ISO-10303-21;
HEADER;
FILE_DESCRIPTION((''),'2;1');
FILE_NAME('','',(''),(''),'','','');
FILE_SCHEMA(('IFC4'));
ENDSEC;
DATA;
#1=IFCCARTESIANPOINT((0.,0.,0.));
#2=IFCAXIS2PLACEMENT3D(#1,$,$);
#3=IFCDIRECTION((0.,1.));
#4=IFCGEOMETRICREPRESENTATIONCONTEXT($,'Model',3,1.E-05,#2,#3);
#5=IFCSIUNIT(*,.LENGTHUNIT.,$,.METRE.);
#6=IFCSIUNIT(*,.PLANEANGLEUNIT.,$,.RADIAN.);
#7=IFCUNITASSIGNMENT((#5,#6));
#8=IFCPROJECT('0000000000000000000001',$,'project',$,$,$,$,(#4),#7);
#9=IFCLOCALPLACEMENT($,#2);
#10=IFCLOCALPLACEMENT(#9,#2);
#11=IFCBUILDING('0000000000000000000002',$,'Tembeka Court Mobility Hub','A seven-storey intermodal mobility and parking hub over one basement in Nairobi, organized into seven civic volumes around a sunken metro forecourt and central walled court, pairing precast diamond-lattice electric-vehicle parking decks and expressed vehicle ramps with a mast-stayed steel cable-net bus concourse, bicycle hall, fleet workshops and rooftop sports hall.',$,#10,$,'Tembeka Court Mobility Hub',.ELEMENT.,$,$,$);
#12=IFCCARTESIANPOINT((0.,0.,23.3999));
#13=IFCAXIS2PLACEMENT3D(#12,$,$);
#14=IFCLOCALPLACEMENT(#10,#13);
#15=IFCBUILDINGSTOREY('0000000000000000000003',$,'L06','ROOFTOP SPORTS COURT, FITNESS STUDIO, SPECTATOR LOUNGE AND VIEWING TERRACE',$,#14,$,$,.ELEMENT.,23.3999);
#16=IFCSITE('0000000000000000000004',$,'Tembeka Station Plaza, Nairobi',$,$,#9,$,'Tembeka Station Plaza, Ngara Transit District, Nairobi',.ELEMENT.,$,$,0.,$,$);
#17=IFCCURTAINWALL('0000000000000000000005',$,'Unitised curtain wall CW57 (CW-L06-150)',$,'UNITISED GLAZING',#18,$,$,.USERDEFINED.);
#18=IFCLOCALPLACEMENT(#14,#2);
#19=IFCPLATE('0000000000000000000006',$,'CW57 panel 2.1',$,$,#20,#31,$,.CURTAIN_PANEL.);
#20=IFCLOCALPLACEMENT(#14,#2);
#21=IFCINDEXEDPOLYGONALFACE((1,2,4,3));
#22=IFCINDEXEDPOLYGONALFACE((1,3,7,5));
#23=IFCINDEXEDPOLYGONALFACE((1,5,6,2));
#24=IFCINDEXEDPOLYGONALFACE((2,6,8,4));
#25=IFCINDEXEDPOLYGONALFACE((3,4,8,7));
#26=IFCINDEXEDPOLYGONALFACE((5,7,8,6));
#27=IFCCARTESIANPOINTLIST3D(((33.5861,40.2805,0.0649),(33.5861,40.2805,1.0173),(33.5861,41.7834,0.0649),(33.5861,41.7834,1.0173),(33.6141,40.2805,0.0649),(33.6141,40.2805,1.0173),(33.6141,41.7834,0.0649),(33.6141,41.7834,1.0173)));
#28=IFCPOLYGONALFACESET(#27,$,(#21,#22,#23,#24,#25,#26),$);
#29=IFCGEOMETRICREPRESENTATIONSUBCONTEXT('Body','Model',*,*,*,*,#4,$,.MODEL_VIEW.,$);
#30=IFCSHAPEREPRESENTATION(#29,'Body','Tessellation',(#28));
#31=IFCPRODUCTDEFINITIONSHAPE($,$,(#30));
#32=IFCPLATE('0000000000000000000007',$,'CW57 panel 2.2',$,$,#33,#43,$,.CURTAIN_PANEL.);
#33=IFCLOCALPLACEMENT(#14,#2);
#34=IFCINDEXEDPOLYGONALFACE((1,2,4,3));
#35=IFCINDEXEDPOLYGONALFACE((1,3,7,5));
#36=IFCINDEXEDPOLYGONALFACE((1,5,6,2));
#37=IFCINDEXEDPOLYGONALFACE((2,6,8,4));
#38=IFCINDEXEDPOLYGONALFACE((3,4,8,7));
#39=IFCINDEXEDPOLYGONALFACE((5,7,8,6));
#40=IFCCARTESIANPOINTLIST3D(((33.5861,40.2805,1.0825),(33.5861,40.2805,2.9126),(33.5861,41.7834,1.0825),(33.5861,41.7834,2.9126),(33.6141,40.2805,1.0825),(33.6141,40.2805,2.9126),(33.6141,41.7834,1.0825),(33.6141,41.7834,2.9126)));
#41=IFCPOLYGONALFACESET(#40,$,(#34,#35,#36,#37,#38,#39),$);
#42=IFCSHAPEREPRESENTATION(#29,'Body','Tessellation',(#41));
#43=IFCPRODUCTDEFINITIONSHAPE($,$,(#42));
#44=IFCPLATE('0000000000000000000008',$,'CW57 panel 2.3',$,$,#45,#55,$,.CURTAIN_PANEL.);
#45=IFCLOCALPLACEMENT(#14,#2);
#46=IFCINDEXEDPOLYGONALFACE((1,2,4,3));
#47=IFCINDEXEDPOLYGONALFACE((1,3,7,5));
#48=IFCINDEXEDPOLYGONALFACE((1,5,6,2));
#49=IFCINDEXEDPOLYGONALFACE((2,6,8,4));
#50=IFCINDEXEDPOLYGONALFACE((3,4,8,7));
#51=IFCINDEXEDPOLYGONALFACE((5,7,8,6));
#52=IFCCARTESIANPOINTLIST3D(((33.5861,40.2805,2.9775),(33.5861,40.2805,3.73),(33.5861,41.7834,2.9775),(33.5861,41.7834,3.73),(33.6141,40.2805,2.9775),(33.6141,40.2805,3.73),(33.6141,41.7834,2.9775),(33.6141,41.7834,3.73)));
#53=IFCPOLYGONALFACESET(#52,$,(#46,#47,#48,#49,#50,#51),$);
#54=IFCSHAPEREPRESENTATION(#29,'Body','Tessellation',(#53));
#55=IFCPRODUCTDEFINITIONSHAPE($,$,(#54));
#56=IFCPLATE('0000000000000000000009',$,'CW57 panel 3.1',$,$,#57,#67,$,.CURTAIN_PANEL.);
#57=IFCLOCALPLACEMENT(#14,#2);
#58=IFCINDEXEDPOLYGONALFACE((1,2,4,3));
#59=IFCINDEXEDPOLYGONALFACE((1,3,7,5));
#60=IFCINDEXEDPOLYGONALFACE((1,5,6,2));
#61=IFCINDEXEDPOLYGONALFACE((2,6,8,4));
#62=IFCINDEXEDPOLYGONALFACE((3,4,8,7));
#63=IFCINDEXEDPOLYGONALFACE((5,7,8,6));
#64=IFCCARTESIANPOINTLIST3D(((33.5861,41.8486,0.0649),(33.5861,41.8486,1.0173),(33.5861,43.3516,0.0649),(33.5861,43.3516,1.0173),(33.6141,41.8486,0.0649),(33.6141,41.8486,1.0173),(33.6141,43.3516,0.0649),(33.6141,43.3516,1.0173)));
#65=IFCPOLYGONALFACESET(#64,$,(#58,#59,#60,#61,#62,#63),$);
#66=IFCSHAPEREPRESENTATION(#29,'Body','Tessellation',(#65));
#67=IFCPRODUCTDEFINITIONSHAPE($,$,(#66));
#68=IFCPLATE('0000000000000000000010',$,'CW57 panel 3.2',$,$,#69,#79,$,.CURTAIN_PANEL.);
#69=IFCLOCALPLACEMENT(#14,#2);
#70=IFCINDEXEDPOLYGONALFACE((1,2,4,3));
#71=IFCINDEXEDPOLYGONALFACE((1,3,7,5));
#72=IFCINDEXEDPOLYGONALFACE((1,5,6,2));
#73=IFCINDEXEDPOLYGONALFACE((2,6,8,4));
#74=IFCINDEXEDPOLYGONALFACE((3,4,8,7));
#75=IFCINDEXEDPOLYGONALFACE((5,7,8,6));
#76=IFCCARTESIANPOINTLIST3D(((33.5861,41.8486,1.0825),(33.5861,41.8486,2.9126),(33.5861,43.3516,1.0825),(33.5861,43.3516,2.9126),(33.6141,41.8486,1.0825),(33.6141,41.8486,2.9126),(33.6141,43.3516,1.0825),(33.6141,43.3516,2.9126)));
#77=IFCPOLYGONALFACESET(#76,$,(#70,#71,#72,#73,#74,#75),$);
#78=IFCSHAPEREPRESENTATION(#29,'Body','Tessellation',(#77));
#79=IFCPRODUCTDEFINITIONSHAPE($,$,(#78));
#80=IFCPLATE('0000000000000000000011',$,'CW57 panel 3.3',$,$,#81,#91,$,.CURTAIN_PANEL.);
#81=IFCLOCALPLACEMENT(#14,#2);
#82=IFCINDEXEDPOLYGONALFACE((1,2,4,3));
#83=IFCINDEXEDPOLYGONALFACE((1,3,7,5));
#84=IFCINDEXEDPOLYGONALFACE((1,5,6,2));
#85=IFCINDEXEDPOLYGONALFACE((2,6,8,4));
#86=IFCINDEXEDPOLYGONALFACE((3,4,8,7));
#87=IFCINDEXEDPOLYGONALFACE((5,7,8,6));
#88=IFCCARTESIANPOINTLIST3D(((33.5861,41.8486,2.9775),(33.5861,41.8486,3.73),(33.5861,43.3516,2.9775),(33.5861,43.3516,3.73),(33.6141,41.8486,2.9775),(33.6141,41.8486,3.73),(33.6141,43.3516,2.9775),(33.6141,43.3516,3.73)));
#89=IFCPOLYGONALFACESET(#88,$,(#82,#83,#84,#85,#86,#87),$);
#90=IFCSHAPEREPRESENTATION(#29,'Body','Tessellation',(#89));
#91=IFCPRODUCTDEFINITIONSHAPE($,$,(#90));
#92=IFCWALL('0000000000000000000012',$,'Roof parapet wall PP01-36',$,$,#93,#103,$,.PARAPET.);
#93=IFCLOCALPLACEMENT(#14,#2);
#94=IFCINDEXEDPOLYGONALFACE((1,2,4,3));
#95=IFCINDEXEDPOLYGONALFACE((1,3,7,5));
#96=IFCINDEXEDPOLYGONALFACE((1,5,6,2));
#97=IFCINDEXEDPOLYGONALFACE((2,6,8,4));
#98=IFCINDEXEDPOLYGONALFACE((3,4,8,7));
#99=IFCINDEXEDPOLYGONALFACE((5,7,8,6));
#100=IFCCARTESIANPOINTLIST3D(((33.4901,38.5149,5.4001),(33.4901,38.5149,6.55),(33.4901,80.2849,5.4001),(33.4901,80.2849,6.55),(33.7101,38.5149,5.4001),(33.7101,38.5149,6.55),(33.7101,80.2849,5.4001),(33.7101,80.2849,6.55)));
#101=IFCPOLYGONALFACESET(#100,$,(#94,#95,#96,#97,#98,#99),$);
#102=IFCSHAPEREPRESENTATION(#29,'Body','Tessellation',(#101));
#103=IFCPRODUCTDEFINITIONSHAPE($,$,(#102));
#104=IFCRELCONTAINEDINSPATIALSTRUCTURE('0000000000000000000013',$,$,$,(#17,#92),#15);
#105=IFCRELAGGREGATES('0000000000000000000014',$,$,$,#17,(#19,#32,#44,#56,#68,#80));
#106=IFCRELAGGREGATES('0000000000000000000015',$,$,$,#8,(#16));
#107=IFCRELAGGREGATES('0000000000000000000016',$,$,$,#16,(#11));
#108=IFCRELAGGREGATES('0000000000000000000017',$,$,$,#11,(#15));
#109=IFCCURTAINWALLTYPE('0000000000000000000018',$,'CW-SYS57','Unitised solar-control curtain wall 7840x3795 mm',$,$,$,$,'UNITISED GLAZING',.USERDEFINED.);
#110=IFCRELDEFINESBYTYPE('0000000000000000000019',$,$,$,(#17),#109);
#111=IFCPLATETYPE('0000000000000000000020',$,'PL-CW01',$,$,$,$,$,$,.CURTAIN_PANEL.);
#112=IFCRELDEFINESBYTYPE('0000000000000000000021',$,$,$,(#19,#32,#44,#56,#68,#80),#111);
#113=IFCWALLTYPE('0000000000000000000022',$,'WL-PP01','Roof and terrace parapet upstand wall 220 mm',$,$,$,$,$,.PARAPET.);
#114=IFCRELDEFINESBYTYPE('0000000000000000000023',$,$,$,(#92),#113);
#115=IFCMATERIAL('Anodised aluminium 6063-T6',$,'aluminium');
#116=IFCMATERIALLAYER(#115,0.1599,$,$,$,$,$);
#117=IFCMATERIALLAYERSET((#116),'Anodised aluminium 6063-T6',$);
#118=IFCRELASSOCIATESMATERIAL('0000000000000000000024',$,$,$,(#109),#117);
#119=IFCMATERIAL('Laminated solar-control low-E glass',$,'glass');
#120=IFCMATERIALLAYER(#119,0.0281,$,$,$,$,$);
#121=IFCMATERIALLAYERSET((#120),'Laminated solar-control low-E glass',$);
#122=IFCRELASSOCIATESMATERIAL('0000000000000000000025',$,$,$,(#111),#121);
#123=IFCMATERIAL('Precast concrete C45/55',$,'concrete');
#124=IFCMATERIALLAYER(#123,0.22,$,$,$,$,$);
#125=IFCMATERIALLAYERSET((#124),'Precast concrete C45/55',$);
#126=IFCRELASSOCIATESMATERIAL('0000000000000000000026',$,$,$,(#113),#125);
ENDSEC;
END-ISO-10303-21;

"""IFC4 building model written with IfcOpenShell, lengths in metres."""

from ifc_helpers import new_model, si_unit, direction, frame, frame_2d, origin, origin_2d, place, context, subcontext, project, spatial, rectangle, extrude, material, layer, layer_set, type_object, element, aggregate, save


model = new_model("IFC4")

# Units and contexts
model_context = context("Model", 3, precision=1e-05, world=origin(), true_north=direction((0.0, 1.0)))
body_context = subcontext(model_context, "Body", "Model", "MODEL_VIEW")
ifc_project = project(units=[si_unit("LENGTHUNIT", "METRE"), si_unit("PLANEANGLEUNIT", "RADIAN")], contexts=[model_context])

# Site, building, storey
site_placement = place(None, origin())
site = spatial("IfcSite", under=ifc_project, at=site_placement, Name="Tembeka Station Plaza, Nairobi", LongName="Tembeka Station Plaza, Ngara Transit District, Nairobi", CompositionType="ELEMENT", RefElevation=0.0)
building_placement = place(site_placement, origin())
building = spatial("IfcBuilding", under=site, at=building_placement, Name="Tembeka Court Mobility Hub", Description="A seven-storey intermodal mobility and parking hub over one basement in Nairobi, organized into seven civic volumes around a sunken metro forecourt and central walled court, pairing precast diamond-lattice electric-vehicle parking decks and expressed vehicle ramps with a mast-stayed steel cable-net bus concourse, bicycle hall, fleet workshops and rooftop sports hall.", LongName="Tembeka Court Mobility Hub", CompositionType="ELEMENT")
storey_placement = place(building_placement, frame((0.0, 0.0, 23.3999)))
storey = spatial("IfcBuildingStorey", under=building, at=storey_placement, Name="L06", Description="ROOFTOP SPORTS COURT, FITNESS STUDIO, SPECTATOR LOUNGE AND VIEWING TERRACE", CompositionType="ELEMENT", Elevation=23.3999)

# Curtain wall, plates
ifc_material_1 = material(Name="Anodised aluminium 6063-T6", Category="aluminium")
ifc_layer_1 = layer(ifc_material_1, 0.1599)
ifc_layer_set_1 = layer_set([ifc_layer_1], Name="Anodised aluminium 6063-T6")
curtain_wall_type = type_object("IfcCurtainWallType", Name="CW-SYS57", Description="Unitised solar-control curtain wall 7840x3795 mm", ElementType="UNITISED GLAZING", PredefinedType="USERDEFINED", material=ifc_layer_set_1)
curtain_wall_placement = place(storey_placement, origin())
curtain_wall = element("IfcCurtainWall", 1, at=curtain_wall_placement, inside=storey, type_object=curtain_wall_type, Name="Unitised curtain wall CW57 (CW-L06-150)", ObjectType="UNITISED GLAZING", PredefinedType="USERDEFINED")
ifc_material_2 = material(Name="Laminated solar-control low-E glass", Category="glass")
ifc_layer_2 = layer(ifc_material_2, 0.0281)
ifc_layer_set_2 = layer_set([ifc_layer_2], Name="Laminated solar-control low-E glass")
plate_type = type_object("IfcPlateType", Name="PL-CW01", PredefinedType="CURTAIN_PANEL", material=ifc_layer_set_2)
plate_1_placement = place(storey_placement, frame((33.6001, 41.032, 0.0649), z_axis=(0.0, 0.0, 1.0), x_axis=(0.0, 1.0, 0.0)))
plate_1 = element("IfcPlate", 2, at=plate_1_placement, type_object=plate_type, Name="CW57 panel 2.1", PredefinedType="CURTAIN_PANEL", context=body_context, shape_type="SweptSolid", body=[
    extrude(rectangle(XDim=1.5029, YDim=0.0281, at=origin_2d()), origin(), (0.0, 0.0, 1.0), 0.9524),
])
plate_2_placement = place(storey_placement, frame((33.6001, 41.032, 1.0825), z_axis=(0.0, 0.0, 1.0), x_axis=(0.0, 1.0, 0.0)))
plate_2 = element("IfcPlate", 3, at=plate_2_placement, type_object=plate_type, Name="CW57 panel 2.2", PredefinedType="CURTAIN_PANEL", context=body_context, shape_type="SweptSolid", body=[
    extrude(rectangle(XDim=1.5029, YDim=0.0281, at=origin_2d()), origin(), (0.0, 0.0, 1.0), 1.8301),
])
plate_3_placement = place(storey_placement, frame((33.6001, 41.032, 2.9775), z_axis=(0.0, 0.0, 1.0), x_axis=(0.0, 1.0, 0.0)))
plate_3 = element("IfcPlate", 4, at=plate_3_placement, type_object=plate_type, Name="CW57 panel 2.3", PredefinedType="CURTAIN_PANEL", context=body_context, shape_type="SweptSolid", body=[
    extrude(rectangle(XDim=1.5029, YDim=0.0281, at=origin_2d()), origin(), (0.0, 0.0, 1.0), 0.7524),
])
plate_4_placement = place(storey_placement, frame((33.6001, 42.6001, 0.0649), z_axis=(0.0, 0.0, 1.0), x_axis=(0.0, 1.0, 0.0)))
plate_4 = element("IfcPlate", 5, at=plate_4_placement, type_object=plate_type, Name="CW57 panel 3.1", PredefinedType="CURTAIN_PANEL", context=body_context, shape_type="SweptSolid", body=[
    extrude(rectangle(XDim=1.5029, YDim=0.0281, at=origin_2d()), origin(), (0.0, 0.0, 1.0), 0.9524),
])
plate_5_placement = place(storey_placement, frame((33.6001, 42.6001, 1.0825), z_axis=(0.0, 0.0, 1.0), x_axis=(0.0, 1.0, 0.0)))
plate_5 = element("IfcPlate", 6, at=plate_5_placement, type_object=plate_type, Name="CW57 panel 3.2", PredefinedType="CURTAIN_PANEL", context=body_context, shape_type="SweptSolid", body=[
    extrude(rectangle(XDim=1.5029, YDim=0.0281, at=origin_2d()), origin(), (0.0, 0.0, 1.0), 1.8301),
])
plate_6_placement = place(storey_placement, frame((33.6001, 42.6001, 2.9775), z_axis=(0.0, 0.0, 1.0), x_axis=(0.0, 1.0, 0.0)))
plate_6 = element("IfcPlate", 7, at=plate_6_placement, type_object=plate_type, Name="CW57 panel 3.3", PredefinedType="CURTAIN_PANEL", context=body_context, shape_type="SweptSolid", body=[
    extrude(rectangle(XDim=1.5029, YDim=0.0281, at=origin_2d()), origin(), (0.0, 0.0, 1.0), 0.7524),
])
aggregate(curtain_wall, [plate_1, plate_2, plate_3, plate_4, plate_5, plate_6])

# Wall
ifc_material_3 = material(Name="Precast concrete C45/55", Category="concrete")
ifc_layer_3 = layer(ifc_material_3, 0.22)
ifc_layer_set_3 = layer_set([ifc_layer_3], Name="Precast concrete C45/55")
wall_type = type_object("IfcWallType", Name="WL-PP01", Description="Roof and terrace parapet upstand wall 220 mm", PredefinedType="PARAPET", material=ifc_layer_set_3)
wall_placement = place(storey_placement, frame((33.6001, 38.5149, 5.4001), z_axis=(0.0, 0.0, 1.0), x_axis=(0.0, 1.0, 0.0)))
element("IfcWall", 8, at=wall_placement, inside=storey, type_object=wall_type, Name="Roof parapet wall PP01-36", PredefinedType="PARAPET", context=body_context, shape_type="SweptSolid", body=[
    extrude(rectangle(XDim=41.77, YDim=0.22, at=frame_2d((20.885, 0.0))), origin(), (0.0, 0.0, 1.0), 1.1499),
])

save(model, "model.ifc")
